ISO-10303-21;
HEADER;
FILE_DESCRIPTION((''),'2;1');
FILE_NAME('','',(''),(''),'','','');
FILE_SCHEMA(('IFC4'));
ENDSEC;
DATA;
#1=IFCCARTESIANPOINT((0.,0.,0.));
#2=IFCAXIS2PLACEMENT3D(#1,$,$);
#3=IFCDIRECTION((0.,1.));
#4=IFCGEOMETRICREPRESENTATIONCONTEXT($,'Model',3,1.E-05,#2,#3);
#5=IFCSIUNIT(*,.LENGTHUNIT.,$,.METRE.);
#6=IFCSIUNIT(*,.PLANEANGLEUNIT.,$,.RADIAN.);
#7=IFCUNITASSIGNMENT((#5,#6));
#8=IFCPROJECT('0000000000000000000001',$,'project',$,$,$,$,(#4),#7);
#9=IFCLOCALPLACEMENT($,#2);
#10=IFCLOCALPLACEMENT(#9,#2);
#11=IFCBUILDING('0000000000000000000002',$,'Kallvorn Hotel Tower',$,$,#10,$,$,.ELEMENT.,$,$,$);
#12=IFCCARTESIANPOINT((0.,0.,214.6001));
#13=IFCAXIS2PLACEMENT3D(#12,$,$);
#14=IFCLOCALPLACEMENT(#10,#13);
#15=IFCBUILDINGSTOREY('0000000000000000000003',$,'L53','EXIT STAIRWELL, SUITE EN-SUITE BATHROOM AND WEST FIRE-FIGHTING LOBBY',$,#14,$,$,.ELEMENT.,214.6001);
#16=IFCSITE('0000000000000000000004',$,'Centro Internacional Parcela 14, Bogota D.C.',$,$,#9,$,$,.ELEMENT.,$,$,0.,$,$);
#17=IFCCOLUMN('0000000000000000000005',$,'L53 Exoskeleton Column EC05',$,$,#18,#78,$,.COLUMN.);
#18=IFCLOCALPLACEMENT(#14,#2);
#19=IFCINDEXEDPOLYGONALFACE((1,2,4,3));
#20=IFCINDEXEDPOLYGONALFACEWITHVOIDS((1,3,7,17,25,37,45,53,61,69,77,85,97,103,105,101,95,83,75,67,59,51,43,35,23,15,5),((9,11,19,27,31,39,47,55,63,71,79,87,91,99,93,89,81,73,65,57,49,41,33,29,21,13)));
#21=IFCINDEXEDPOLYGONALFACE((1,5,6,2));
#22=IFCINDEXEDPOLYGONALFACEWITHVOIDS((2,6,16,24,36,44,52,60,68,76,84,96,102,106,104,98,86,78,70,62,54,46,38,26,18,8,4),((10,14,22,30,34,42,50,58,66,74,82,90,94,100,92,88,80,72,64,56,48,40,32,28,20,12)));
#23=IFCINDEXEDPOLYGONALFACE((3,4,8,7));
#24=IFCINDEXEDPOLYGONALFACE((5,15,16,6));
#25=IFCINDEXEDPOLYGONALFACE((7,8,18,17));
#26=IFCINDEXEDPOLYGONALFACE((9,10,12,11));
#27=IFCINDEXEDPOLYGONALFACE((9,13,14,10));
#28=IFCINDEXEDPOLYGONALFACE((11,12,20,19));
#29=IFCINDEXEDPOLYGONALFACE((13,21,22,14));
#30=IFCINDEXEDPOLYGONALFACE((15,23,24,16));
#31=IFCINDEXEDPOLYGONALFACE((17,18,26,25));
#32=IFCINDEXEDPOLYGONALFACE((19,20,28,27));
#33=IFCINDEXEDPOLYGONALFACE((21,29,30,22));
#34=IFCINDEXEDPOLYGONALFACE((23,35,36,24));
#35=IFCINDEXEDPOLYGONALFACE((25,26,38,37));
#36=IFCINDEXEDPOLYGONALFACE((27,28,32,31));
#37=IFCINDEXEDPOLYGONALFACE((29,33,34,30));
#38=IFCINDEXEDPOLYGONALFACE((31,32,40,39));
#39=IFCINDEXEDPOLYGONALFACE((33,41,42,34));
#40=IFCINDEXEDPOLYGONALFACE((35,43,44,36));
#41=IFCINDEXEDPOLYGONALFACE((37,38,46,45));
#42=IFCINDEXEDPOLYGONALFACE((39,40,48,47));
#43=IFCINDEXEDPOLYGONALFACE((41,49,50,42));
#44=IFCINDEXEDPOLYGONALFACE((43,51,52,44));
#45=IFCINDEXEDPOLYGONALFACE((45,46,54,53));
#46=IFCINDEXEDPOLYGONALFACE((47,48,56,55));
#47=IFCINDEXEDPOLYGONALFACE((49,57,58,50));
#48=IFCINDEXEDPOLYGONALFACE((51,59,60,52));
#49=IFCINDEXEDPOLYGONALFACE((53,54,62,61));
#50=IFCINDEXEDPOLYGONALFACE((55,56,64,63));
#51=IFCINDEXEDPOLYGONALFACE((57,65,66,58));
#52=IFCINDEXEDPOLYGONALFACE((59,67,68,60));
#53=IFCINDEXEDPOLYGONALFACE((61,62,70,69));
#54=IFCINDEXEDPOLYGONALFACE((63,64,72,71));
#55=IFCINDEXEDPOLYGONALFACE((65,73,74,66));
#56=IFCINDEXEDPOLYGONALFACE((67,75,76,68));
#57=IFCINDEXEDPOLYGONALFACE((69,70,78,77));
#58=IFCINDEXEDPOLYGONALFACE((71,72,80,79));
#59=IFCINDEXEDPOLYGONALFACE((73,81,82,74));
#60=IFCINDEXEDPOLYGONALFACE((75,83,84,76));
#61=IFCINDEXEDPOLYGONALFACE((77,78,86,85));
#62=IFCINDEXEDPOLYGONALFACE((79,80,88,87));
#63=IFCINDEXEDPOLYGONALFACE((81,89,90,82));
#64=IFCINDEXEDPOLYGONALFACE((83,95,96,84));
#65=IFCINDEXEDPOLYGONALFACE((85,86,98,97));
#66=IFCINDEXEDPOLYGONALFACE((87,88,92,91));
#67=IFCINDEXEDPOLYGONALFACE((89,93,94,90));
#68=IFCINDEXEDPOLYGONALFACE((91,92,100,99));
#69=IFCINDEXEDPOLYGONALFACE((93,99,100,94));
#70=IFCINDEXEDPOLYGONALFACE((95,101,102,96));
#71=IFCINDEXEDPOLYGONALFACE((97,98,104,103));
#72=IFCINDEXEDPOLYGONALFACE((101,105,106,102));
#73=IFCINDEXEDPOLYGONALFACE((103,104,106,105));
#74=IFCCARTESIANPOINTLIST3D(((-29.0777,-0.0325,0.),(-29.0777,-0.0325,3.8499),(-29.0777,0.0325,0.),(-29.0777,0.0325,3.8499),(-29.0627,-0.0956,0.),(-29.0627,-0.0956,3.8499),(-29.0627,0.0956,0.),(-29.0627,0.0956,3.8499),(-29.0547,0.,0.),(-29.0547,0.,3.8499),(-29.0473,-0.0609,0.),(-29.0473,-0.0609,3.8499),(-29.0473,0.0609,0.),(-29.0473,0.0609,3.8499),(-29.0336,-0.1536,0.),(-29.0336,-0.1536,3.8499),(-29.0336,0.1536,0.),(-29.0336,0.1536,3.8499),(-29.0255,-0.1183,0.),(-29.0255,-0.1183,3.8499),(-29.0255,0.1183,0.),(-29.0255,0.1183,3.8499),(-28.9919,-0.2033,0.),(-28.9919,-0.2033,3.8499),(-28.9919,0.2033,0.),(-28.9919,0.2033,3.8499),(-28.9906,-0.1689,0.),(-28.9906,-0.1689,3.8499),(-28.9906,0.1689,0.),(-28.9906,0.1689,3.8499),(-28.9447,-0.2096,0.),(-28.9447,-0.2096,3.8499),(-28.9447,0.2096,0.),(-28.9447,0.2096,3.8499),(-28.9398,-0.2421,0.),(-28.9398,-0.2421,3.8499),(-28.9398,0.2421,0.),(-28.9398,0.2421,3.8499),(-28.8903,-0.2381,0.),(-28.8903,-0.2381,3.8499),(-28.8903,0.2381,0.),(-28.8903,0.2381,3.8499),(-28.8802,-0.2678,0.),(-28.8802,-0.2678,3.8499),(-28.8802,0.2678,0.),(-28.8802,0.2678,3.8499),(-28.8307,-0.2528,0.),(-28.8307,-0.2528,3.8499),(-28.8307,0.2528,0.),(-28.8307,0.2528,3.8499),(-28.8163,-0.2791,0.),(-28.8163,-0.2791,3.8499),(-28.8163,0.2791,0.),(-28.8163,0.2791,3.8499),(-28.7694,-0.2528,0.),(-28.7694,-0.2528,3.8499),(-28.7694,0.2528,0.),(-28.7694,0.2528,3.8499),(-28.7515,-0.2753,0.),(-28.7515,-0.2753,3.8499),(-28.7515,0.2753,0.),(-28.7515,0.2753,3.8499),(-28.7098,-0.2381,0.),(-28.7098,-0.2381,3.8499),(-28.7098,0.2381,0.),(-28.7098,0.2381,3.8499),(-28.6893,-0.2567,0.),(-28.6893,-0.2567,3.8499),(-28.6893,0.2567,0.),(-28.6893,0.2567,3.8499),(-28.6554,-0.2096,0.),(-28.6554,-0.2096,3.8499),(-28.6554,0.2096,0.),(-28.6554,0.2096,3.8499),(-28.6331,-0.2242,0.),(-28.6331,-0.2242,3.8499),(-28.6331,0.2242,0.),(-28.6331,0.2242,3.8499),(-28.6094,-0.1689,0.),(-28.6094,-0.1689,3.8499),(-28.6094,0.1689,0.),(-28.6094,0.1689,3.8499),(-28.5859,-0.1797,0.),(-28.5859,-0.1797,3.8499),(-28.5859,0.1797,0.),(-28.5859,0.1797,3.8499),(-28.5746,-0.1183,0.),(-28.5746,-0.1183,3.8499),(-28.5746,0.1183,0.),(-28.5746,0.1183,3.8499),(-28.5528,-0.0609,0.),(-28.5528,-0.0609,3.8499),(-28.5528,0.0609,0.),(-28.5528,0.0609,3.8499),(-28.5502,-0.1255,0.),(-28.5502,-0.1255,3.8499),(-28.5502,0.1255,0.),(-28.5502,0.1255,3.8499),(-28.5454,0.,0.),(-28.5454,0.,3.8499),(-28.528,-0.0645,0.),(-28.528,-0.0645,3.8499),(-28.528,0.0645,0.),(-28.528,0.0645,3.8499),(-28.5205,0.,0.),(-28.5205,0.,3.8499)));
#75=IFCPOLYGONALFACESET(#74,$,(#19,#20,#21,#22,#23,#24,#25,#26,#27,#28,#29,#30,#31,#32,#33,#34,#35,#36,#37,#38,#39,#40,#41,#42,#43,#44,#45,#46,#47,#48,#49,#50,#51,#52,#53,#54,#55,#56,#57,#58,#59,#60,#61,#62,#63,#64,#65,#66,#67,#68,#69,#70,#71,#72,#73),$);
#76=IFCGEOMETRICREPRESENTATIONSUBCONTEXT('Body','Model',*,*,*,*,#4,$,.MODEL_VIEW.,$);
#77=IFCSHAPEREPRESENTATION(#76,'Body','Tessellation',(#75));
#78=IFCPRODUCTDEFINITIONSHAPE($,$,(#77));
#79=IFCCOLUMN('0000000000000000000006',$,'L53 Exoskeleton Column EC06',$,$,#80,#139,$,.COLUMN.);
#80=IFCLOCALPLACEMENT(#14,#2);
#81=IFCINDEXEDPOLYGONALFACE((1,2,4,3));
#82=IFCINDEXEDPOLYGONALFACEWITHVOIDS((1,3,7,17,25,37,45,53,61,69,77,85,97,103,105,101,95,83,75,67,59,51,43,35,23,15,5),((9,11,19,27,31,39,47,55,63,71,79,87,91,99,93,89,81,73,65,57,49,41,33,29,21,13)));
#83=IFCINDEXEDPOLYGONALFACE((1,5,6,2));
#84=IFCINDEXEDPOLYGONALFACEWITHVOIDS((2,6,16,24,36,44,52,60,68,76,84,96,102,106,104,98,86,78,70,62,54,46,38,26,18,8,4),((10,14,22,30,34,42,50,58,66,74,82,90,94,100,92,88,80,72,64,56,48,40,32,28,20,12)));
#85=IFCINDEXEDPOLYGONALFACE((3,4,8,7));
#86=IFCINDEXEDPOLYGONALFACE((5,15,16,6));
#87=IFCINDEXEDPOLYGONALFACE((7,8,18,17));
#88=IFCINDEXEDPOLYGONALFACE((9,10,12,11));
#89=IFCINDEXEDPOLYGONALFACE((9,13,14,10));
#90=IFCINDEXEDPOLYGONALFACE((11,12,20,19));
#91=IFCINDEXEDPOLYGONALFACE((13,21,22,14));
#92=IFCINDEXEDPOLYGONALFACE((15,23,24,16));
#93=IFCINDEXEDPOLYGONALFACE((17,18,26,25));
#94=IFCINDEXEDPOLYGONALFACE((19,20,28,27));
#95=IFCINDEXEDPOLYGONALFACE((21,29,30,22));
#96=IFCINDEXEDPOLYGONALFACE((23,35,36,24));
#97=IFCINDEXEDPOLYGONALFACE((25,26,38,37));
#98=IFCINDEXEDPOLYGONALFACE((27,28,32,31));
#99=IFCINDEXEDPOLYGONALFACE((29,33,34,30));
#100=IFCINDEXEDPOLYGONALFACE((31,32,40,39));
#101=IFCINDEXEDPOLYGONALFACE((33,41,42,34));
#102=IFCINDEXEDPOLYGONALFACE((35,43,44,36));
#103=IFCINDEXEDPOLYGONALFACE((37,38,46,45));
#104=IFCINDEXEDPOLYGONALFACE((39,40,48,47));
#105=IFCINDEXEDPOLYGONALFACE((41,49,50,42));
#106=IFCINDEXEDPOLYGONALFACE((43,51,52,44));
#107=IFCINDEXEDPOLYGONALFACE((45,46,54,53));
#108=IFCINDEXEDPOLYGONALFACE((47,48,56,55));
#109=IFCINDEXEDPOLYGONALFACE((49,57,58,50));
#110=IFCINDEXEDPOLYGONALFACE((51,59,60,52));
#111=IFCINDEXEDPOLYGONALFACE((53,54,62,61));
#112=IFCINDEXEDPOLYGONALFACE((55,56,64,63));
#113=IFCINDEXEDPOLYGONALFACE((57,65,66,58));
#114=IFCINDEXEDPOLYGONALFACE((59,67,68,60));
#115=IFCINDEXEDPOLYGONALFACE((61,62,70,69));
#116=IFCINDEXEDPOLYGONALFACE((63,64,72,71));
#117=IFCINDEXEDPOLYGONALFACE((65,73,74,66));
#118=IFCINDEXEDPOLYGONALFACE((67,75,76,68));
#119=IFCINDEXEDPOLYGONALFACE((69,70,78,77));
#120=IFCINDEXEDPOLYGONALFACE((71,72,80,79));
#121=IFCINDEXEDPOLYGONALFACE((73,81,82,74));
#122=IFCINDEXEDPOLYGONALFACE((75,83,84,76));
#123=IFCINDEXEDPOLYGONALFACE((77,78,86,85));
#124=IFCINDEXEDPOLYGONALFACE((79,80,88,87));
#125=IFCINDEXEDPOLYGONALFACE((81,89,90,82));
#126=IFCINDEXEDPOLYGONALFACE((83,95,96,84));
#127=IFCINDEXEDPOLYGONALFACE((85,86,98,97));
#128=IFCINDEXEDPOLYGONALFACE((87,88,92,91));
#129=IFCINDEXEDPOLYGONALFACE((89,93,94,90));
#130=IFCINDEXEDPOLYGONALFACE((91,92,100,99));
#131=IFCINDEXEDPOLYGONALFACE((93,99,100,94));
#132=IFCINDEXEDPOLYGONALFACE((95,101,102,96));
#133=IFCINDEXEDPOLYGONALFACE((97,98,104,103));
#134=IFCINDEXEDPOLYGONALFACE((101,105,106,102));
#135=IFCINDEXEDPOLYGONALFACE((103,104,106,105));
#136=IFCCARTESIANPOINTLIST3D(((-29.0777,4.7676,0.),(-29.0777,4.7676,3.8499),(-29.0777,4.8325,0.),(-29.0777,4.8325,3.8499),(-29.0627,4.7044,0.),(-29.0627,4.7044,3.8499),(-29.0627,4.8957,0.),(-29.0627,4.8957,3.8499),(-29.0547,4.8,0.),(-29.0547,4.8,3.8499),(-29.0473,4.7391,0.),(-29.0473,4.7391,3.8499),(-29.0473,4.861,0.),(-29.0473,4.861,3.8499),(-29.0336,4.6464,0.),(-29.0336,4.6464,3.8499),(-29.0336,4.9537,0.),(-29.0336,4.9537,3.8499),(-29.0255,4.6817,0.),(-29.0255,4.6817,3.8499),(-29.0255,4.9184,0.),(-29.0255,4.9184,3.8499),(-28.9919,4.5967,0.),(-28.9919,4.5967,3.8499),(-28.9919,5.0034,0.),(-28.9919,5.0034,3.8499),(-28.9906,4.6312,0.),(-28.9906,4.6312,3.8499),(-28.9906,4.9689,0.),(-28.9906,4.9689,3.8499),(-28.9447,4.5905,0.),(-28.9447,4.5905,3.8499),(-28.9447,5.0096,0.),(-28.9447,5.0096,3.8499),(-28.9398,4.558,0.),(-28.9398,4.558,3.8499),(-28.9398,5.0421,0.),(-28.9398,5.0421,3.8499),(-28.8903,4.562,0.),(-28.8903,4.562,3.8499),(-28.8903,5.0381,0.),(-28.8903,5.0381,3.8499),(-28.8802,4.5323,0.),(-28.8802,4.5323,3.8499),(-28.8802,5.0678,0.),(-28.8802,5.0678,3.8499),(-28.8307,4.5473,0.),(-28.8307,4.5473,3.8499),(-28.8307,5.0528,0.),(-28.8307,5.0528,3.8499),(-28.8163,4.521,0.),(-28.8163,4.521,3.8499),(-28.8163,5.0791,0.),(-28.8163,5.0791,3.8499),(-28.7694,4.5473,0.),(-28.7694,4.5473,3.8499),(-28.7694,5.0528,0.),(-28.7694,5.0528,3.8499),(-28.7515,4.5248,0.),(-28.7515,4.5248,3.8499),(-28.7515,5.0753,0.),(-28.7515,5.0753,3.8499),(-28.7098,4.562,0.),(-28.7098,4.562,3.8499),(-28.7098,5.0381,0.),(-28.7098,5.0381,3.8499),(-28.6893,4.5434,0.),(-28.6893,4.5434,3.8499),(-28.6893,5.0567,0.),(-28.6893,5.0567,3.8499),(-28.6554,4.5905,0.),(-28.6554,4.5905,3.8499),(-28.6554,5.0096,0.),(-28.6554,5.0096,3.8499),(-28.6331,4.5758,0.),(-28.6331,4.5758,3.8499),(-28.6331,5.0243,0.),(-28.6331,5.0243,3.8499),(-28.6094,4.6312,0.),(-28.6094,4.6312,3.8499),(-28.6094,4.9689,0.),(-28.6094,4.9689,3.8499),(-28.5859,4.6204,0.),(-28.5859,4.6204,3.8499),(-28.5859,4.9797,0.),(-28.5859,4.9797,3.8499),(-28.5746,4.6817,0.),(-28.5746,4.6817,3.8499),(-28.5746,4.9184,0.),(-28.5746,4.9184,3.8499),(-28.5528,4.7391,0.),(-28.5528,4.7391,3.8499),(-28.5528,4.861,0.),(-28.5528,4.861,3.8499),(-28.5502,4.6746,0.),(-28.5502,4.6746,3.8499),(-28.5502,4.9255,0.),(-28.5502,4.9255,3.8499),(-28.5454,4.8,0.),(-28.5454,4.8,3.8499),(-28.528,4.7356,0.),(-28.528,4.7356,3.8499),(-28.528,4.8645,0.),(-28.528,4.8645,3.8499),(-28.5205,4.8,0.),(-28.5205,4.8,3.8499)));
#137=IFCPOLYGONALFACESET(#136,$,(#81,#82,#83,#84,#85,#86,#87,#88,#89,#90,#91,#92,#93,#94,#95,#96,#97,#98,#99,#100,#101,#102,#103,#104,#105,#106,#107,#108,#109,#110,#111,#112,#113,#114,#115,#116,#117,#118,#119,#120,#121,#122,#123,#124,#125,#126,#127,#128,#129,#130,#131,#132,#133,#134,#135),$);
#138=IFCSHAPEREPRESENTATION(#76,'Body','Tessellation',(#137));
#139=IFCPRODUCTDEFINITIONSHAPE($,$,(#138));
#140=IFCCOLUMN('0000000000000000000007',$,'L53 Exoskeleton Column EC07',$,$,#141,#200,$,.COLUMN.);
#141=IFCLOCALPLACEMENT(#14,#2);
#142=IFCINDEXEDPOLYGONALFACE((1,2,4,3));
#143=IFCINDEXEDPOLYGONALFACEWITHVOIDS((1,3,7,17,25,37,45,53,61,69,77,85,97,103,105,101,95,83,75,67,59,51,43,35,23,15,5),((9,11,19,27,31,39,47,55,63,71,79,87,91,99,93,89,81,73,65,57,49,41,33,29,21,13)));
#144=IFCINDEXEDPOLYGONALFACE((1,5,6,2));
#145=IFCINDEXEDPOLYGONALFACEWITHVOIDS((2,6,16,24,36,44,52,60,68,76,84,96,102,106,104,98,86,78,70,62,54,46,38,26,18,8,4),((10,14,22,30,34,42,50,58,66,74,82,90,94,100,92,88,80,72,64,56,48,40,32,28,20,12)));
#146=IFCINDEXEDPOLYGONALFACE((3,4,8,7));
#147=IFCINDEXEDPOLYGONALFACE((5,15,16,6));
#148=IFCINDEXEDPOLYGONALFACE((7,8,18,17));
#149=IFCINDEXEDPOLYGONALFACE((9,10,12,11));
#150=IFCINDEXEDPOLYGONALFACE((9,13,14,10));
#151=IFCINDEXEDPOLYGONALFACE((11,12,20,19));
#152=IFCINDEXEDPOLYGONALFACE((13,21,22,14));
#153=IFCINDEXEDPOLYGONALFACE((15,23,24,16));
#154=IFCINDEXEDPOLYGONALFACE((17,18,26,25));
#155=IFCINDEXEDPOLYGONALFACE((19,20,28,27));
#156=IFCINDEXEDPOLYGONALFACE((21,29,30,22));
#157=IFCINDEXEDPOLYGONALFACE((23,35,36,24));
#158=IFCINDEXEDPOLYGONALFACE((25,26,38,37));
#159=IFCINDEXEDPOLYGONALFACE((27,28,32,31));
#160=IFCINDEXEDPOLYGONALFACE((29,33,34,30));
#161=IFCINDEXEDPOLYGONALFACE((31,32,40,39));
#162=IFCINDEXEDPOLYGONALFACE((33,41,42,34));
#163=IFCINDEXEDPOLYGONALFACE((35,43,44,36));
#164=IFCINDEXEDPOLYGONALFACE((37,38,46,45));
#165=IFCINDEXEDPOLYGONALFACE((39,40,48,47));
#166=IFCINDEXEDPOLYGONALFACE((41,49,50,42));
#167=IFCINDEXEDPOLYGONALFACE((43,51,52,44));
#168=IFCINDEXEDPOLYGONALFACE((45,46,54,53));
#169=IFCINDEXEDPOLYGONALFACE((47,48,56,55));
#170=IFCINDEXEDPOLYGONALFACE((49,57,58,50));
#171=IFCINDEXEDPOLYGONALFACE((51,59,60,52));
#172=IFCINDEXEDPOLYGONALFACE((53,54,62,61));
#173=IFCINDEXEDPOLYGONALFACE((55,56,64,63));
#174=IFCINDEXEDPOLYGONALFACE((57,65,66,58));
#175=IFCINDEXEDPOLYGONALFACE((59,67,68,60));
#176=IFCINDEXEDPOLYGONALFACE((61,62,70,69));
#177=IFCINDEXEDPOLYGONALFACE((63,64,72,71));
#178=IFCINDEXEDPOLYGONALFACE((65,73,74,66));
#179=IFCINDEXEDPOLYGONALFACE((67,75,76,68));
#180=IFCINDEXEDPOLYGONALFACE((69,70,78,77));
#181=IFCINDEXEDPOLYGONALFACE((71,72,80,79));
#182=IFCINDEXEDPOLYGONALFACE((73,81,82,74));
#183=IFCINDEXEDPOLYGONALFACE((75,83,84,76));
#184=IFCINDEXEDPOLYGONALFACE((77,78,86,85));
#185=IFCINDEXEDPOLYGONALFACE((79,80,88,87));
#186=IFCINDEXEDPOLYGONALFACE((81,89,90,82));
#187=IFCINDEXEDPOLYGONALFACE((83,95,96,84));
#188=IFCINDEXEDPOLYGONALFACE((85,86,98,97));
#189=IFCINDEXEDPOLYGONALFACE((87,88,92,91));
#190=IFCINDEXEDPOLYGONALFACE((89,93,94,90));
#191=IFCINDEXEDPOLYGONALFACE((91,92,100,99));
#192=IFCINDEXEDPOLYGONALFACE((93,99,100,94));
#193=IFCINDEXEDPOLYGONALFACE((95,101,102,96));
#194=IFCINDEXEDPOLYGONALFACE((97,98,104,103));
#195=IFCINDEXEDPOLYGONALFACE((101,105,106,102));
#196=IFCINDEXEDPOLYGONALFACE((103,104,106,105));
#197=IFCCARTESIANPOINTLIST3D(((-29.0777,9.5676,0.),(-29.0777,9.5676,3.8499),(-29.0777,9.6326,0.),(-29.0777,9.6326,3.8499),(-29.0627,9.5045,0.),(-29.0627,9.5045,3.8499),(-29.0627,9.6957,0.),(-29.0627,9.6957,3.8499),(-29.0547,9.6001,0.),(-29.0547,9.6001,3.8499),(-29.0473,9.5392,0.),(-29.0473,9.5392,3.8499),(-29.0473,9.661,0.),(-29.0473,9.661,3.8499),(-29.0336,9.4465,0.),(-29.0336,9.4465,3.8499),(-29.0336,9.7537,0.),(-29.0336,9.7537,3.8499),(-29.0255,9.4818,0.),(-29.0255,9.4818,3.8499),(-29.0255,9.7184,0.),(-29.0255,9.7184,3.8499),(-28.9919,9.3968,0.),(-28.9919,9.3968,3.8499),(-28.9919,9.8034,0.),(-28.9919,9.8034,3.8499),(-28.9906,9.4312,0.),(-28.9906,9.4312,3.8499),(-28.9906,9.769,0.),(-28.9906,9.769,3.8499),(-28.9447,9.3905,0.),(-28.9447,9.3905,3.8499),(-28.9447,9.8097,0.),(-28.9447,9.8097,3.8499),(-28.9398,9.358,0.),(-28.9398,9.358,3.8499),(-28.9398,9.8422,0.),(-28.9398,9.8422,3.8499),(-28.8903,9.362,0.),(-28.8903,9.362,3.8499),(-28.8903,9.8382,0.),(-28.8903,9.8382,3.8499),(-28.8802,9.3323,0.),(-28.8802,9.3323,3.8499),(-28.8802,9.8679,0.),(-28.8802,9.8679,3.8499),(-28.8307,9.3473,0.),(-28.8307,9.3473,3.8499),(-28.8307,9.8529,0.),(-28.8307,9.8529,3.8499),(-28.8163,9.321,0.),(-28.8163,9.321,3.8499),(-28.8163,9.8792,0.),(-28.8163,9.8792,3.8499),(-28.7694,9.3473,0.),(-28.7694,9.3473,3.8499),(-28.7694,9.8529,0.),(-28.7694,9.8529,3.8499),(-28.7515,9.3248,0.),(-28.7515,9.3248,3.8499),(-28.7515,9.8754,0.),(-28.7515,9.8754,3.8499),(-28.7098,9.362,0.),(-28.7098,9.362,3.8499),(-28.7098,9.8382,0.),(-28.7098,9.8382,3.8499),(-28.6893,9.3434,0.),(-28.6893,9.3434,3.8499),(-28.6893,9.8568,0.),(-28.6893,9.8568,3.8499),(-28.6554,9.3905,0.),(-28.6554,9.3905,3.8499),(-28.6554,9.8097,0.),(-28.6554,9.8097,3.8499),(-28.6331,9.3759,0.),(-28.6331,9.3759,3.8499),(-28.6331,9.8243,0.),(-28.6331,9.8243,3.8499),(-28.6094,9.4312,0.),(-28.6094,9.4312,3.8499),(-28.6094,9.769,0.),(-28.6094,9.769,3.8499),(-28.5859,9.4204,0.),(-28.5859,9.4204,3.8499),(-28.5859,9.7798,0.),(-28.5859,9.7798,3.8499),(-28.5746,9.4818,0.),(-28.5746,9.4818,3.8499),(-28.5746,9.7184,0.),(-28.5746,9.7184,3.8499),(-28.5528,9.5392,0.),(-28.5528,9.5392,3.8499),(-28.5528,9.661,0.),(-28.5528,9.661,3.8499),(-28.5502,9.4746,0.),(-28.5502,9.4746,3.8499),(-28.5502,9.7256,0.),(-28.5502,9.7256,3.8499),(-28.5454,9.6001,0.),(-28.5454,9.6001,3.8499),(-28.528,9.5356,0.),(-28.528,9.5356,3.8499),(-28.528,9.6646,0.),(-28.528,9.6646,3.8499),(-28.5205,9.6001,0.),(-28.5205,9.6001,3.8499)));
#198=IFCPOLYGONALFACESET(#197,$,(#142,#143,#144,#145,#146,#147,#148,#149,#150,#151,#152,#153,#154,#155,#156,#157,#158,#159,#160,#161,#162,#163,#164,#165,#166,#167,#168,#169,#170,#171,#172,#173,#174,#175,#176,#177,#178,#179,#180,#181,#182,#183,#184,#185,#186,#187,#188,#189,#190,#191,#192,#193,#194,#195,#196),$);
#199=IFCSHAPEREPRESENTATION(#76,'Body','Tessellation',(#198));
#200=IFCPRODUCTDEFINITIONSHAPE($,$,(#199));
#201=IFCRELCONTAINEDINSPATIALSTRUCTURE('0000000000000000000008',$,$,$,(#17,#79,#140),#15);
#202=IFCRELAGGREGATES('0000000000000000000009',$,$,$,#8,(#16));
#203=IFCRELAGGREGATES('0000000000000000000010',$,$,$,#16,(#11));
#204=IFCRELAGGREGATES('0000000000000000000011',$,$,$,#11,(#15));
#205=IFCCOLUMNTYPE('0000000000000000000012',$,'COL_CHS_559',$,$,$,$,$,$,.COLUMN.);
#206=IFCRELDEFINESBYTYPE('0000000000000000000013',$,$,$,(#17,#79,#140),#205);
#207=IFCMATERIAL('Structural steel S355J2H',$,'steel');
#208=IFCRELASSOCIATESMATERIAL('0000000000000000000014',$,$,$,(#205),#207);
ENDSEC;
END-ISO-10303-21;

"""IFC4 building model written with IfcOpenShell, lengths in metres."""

from ifc_helpers import new_model, si_unit, direction, frame, origin, origin_2d, place, context, subcontext, project, spatial, hollow_circle, extrude, material, material_profile, profile_set, type_object, element, save


model = new_model("IFC4")

# Units and contexts
model_context = context("Model", 3, precision=1e-05, world=origin(), true_north=direction((0.0, 1.0)))
body_context = subcontext(model_context, "Body", "Model", "MODEL_VIEW")
ifc_project = project(units=[si_unit("LENGTHUNIT", "METRE"), si_unit("PLANEANGLEUNIT", "RADIAN")], contexts=[model_context])

# Site, building, storey
site_placement = place(None, origin())
site = spatial("IfcSite", under=ifc_project, at=site_placement, Name="Centro Internacional Parcela 14, Bogota D.C.", CompositionType="ELEMENT", RefElevation=0.0)
building_placement = place(site_placement, origin())
building = spatial("IfcBuilding", under=site, at=building_placement, Name="Kallvorn Hotel Tower", CompositionType="ELEMENT")
storey_placement = place(building_placement, frame((0.0, 0.0, 214.6001)))
storey = spatial("IfcBuildingStorey", under=building, at=storey_placement, Name="L53", Description="EXIT STAIRWELL, SUITE EN-SUITE BATHROOM AND WEST FIRE-FIGHTING LOBBY", CompositionType="ELEMENT", Elevation=214.6001)

# Columns
ifc_material_1 = material(Name="Structural steel S355J2H", Category="steel")
ifc_material_profile_1 = material_profile(ifc_material_1, hollow_circle(Radius=0.2795, WallThickness=0.0249, at=origin_2d()), Name="CHS 559x25")
ifc_profile_set_1 = profile_set([ifc_material_profile_1], Name="Structural steel S355J2H")
column_type_1 = type_object("IfcColumnType", Name="COL_CHS_559", PredefinedType="COLUMN", material=ifc_profile_set_1)
for number, where, z_axis, x_axis, name in (
    (1, (-28.8, 0.0, 0.0), (0.0, 0.0, 1.0), (1.0, 0.0, 0.0), "L53 Exoskeleton Column EC05"),
    (2, (-28.8, 4.8, 0.0), (0.0, 0.0, 1.0), (1.0, 0.0, 0.0), "L53 Exoskeleton Column EC06"),
    (3, (-28.8, 9.6001, 0.0), (0.0, 0.0, 1.0), (1.0, 0.0, 0.0), "L53 Exoskeleton Column EC07"),
):
    element("IfcColumn", number, at=place(storey_placement, frame(where, z_axis=z_axis, x_axis=x_axis)), inside=storey, type_object=column_type_1, Name=name, PredefinedType="COLUMN", context=body_context, shape_type="SweptSolid", body=[
        extrude(hollow_circle(Radius=0.2795, WallThickness=0.0249, at=origin_2d()), origin(), (0.0, 0.0, 1.0), 3.8499),
    ])

save(model, "model.ifc")
